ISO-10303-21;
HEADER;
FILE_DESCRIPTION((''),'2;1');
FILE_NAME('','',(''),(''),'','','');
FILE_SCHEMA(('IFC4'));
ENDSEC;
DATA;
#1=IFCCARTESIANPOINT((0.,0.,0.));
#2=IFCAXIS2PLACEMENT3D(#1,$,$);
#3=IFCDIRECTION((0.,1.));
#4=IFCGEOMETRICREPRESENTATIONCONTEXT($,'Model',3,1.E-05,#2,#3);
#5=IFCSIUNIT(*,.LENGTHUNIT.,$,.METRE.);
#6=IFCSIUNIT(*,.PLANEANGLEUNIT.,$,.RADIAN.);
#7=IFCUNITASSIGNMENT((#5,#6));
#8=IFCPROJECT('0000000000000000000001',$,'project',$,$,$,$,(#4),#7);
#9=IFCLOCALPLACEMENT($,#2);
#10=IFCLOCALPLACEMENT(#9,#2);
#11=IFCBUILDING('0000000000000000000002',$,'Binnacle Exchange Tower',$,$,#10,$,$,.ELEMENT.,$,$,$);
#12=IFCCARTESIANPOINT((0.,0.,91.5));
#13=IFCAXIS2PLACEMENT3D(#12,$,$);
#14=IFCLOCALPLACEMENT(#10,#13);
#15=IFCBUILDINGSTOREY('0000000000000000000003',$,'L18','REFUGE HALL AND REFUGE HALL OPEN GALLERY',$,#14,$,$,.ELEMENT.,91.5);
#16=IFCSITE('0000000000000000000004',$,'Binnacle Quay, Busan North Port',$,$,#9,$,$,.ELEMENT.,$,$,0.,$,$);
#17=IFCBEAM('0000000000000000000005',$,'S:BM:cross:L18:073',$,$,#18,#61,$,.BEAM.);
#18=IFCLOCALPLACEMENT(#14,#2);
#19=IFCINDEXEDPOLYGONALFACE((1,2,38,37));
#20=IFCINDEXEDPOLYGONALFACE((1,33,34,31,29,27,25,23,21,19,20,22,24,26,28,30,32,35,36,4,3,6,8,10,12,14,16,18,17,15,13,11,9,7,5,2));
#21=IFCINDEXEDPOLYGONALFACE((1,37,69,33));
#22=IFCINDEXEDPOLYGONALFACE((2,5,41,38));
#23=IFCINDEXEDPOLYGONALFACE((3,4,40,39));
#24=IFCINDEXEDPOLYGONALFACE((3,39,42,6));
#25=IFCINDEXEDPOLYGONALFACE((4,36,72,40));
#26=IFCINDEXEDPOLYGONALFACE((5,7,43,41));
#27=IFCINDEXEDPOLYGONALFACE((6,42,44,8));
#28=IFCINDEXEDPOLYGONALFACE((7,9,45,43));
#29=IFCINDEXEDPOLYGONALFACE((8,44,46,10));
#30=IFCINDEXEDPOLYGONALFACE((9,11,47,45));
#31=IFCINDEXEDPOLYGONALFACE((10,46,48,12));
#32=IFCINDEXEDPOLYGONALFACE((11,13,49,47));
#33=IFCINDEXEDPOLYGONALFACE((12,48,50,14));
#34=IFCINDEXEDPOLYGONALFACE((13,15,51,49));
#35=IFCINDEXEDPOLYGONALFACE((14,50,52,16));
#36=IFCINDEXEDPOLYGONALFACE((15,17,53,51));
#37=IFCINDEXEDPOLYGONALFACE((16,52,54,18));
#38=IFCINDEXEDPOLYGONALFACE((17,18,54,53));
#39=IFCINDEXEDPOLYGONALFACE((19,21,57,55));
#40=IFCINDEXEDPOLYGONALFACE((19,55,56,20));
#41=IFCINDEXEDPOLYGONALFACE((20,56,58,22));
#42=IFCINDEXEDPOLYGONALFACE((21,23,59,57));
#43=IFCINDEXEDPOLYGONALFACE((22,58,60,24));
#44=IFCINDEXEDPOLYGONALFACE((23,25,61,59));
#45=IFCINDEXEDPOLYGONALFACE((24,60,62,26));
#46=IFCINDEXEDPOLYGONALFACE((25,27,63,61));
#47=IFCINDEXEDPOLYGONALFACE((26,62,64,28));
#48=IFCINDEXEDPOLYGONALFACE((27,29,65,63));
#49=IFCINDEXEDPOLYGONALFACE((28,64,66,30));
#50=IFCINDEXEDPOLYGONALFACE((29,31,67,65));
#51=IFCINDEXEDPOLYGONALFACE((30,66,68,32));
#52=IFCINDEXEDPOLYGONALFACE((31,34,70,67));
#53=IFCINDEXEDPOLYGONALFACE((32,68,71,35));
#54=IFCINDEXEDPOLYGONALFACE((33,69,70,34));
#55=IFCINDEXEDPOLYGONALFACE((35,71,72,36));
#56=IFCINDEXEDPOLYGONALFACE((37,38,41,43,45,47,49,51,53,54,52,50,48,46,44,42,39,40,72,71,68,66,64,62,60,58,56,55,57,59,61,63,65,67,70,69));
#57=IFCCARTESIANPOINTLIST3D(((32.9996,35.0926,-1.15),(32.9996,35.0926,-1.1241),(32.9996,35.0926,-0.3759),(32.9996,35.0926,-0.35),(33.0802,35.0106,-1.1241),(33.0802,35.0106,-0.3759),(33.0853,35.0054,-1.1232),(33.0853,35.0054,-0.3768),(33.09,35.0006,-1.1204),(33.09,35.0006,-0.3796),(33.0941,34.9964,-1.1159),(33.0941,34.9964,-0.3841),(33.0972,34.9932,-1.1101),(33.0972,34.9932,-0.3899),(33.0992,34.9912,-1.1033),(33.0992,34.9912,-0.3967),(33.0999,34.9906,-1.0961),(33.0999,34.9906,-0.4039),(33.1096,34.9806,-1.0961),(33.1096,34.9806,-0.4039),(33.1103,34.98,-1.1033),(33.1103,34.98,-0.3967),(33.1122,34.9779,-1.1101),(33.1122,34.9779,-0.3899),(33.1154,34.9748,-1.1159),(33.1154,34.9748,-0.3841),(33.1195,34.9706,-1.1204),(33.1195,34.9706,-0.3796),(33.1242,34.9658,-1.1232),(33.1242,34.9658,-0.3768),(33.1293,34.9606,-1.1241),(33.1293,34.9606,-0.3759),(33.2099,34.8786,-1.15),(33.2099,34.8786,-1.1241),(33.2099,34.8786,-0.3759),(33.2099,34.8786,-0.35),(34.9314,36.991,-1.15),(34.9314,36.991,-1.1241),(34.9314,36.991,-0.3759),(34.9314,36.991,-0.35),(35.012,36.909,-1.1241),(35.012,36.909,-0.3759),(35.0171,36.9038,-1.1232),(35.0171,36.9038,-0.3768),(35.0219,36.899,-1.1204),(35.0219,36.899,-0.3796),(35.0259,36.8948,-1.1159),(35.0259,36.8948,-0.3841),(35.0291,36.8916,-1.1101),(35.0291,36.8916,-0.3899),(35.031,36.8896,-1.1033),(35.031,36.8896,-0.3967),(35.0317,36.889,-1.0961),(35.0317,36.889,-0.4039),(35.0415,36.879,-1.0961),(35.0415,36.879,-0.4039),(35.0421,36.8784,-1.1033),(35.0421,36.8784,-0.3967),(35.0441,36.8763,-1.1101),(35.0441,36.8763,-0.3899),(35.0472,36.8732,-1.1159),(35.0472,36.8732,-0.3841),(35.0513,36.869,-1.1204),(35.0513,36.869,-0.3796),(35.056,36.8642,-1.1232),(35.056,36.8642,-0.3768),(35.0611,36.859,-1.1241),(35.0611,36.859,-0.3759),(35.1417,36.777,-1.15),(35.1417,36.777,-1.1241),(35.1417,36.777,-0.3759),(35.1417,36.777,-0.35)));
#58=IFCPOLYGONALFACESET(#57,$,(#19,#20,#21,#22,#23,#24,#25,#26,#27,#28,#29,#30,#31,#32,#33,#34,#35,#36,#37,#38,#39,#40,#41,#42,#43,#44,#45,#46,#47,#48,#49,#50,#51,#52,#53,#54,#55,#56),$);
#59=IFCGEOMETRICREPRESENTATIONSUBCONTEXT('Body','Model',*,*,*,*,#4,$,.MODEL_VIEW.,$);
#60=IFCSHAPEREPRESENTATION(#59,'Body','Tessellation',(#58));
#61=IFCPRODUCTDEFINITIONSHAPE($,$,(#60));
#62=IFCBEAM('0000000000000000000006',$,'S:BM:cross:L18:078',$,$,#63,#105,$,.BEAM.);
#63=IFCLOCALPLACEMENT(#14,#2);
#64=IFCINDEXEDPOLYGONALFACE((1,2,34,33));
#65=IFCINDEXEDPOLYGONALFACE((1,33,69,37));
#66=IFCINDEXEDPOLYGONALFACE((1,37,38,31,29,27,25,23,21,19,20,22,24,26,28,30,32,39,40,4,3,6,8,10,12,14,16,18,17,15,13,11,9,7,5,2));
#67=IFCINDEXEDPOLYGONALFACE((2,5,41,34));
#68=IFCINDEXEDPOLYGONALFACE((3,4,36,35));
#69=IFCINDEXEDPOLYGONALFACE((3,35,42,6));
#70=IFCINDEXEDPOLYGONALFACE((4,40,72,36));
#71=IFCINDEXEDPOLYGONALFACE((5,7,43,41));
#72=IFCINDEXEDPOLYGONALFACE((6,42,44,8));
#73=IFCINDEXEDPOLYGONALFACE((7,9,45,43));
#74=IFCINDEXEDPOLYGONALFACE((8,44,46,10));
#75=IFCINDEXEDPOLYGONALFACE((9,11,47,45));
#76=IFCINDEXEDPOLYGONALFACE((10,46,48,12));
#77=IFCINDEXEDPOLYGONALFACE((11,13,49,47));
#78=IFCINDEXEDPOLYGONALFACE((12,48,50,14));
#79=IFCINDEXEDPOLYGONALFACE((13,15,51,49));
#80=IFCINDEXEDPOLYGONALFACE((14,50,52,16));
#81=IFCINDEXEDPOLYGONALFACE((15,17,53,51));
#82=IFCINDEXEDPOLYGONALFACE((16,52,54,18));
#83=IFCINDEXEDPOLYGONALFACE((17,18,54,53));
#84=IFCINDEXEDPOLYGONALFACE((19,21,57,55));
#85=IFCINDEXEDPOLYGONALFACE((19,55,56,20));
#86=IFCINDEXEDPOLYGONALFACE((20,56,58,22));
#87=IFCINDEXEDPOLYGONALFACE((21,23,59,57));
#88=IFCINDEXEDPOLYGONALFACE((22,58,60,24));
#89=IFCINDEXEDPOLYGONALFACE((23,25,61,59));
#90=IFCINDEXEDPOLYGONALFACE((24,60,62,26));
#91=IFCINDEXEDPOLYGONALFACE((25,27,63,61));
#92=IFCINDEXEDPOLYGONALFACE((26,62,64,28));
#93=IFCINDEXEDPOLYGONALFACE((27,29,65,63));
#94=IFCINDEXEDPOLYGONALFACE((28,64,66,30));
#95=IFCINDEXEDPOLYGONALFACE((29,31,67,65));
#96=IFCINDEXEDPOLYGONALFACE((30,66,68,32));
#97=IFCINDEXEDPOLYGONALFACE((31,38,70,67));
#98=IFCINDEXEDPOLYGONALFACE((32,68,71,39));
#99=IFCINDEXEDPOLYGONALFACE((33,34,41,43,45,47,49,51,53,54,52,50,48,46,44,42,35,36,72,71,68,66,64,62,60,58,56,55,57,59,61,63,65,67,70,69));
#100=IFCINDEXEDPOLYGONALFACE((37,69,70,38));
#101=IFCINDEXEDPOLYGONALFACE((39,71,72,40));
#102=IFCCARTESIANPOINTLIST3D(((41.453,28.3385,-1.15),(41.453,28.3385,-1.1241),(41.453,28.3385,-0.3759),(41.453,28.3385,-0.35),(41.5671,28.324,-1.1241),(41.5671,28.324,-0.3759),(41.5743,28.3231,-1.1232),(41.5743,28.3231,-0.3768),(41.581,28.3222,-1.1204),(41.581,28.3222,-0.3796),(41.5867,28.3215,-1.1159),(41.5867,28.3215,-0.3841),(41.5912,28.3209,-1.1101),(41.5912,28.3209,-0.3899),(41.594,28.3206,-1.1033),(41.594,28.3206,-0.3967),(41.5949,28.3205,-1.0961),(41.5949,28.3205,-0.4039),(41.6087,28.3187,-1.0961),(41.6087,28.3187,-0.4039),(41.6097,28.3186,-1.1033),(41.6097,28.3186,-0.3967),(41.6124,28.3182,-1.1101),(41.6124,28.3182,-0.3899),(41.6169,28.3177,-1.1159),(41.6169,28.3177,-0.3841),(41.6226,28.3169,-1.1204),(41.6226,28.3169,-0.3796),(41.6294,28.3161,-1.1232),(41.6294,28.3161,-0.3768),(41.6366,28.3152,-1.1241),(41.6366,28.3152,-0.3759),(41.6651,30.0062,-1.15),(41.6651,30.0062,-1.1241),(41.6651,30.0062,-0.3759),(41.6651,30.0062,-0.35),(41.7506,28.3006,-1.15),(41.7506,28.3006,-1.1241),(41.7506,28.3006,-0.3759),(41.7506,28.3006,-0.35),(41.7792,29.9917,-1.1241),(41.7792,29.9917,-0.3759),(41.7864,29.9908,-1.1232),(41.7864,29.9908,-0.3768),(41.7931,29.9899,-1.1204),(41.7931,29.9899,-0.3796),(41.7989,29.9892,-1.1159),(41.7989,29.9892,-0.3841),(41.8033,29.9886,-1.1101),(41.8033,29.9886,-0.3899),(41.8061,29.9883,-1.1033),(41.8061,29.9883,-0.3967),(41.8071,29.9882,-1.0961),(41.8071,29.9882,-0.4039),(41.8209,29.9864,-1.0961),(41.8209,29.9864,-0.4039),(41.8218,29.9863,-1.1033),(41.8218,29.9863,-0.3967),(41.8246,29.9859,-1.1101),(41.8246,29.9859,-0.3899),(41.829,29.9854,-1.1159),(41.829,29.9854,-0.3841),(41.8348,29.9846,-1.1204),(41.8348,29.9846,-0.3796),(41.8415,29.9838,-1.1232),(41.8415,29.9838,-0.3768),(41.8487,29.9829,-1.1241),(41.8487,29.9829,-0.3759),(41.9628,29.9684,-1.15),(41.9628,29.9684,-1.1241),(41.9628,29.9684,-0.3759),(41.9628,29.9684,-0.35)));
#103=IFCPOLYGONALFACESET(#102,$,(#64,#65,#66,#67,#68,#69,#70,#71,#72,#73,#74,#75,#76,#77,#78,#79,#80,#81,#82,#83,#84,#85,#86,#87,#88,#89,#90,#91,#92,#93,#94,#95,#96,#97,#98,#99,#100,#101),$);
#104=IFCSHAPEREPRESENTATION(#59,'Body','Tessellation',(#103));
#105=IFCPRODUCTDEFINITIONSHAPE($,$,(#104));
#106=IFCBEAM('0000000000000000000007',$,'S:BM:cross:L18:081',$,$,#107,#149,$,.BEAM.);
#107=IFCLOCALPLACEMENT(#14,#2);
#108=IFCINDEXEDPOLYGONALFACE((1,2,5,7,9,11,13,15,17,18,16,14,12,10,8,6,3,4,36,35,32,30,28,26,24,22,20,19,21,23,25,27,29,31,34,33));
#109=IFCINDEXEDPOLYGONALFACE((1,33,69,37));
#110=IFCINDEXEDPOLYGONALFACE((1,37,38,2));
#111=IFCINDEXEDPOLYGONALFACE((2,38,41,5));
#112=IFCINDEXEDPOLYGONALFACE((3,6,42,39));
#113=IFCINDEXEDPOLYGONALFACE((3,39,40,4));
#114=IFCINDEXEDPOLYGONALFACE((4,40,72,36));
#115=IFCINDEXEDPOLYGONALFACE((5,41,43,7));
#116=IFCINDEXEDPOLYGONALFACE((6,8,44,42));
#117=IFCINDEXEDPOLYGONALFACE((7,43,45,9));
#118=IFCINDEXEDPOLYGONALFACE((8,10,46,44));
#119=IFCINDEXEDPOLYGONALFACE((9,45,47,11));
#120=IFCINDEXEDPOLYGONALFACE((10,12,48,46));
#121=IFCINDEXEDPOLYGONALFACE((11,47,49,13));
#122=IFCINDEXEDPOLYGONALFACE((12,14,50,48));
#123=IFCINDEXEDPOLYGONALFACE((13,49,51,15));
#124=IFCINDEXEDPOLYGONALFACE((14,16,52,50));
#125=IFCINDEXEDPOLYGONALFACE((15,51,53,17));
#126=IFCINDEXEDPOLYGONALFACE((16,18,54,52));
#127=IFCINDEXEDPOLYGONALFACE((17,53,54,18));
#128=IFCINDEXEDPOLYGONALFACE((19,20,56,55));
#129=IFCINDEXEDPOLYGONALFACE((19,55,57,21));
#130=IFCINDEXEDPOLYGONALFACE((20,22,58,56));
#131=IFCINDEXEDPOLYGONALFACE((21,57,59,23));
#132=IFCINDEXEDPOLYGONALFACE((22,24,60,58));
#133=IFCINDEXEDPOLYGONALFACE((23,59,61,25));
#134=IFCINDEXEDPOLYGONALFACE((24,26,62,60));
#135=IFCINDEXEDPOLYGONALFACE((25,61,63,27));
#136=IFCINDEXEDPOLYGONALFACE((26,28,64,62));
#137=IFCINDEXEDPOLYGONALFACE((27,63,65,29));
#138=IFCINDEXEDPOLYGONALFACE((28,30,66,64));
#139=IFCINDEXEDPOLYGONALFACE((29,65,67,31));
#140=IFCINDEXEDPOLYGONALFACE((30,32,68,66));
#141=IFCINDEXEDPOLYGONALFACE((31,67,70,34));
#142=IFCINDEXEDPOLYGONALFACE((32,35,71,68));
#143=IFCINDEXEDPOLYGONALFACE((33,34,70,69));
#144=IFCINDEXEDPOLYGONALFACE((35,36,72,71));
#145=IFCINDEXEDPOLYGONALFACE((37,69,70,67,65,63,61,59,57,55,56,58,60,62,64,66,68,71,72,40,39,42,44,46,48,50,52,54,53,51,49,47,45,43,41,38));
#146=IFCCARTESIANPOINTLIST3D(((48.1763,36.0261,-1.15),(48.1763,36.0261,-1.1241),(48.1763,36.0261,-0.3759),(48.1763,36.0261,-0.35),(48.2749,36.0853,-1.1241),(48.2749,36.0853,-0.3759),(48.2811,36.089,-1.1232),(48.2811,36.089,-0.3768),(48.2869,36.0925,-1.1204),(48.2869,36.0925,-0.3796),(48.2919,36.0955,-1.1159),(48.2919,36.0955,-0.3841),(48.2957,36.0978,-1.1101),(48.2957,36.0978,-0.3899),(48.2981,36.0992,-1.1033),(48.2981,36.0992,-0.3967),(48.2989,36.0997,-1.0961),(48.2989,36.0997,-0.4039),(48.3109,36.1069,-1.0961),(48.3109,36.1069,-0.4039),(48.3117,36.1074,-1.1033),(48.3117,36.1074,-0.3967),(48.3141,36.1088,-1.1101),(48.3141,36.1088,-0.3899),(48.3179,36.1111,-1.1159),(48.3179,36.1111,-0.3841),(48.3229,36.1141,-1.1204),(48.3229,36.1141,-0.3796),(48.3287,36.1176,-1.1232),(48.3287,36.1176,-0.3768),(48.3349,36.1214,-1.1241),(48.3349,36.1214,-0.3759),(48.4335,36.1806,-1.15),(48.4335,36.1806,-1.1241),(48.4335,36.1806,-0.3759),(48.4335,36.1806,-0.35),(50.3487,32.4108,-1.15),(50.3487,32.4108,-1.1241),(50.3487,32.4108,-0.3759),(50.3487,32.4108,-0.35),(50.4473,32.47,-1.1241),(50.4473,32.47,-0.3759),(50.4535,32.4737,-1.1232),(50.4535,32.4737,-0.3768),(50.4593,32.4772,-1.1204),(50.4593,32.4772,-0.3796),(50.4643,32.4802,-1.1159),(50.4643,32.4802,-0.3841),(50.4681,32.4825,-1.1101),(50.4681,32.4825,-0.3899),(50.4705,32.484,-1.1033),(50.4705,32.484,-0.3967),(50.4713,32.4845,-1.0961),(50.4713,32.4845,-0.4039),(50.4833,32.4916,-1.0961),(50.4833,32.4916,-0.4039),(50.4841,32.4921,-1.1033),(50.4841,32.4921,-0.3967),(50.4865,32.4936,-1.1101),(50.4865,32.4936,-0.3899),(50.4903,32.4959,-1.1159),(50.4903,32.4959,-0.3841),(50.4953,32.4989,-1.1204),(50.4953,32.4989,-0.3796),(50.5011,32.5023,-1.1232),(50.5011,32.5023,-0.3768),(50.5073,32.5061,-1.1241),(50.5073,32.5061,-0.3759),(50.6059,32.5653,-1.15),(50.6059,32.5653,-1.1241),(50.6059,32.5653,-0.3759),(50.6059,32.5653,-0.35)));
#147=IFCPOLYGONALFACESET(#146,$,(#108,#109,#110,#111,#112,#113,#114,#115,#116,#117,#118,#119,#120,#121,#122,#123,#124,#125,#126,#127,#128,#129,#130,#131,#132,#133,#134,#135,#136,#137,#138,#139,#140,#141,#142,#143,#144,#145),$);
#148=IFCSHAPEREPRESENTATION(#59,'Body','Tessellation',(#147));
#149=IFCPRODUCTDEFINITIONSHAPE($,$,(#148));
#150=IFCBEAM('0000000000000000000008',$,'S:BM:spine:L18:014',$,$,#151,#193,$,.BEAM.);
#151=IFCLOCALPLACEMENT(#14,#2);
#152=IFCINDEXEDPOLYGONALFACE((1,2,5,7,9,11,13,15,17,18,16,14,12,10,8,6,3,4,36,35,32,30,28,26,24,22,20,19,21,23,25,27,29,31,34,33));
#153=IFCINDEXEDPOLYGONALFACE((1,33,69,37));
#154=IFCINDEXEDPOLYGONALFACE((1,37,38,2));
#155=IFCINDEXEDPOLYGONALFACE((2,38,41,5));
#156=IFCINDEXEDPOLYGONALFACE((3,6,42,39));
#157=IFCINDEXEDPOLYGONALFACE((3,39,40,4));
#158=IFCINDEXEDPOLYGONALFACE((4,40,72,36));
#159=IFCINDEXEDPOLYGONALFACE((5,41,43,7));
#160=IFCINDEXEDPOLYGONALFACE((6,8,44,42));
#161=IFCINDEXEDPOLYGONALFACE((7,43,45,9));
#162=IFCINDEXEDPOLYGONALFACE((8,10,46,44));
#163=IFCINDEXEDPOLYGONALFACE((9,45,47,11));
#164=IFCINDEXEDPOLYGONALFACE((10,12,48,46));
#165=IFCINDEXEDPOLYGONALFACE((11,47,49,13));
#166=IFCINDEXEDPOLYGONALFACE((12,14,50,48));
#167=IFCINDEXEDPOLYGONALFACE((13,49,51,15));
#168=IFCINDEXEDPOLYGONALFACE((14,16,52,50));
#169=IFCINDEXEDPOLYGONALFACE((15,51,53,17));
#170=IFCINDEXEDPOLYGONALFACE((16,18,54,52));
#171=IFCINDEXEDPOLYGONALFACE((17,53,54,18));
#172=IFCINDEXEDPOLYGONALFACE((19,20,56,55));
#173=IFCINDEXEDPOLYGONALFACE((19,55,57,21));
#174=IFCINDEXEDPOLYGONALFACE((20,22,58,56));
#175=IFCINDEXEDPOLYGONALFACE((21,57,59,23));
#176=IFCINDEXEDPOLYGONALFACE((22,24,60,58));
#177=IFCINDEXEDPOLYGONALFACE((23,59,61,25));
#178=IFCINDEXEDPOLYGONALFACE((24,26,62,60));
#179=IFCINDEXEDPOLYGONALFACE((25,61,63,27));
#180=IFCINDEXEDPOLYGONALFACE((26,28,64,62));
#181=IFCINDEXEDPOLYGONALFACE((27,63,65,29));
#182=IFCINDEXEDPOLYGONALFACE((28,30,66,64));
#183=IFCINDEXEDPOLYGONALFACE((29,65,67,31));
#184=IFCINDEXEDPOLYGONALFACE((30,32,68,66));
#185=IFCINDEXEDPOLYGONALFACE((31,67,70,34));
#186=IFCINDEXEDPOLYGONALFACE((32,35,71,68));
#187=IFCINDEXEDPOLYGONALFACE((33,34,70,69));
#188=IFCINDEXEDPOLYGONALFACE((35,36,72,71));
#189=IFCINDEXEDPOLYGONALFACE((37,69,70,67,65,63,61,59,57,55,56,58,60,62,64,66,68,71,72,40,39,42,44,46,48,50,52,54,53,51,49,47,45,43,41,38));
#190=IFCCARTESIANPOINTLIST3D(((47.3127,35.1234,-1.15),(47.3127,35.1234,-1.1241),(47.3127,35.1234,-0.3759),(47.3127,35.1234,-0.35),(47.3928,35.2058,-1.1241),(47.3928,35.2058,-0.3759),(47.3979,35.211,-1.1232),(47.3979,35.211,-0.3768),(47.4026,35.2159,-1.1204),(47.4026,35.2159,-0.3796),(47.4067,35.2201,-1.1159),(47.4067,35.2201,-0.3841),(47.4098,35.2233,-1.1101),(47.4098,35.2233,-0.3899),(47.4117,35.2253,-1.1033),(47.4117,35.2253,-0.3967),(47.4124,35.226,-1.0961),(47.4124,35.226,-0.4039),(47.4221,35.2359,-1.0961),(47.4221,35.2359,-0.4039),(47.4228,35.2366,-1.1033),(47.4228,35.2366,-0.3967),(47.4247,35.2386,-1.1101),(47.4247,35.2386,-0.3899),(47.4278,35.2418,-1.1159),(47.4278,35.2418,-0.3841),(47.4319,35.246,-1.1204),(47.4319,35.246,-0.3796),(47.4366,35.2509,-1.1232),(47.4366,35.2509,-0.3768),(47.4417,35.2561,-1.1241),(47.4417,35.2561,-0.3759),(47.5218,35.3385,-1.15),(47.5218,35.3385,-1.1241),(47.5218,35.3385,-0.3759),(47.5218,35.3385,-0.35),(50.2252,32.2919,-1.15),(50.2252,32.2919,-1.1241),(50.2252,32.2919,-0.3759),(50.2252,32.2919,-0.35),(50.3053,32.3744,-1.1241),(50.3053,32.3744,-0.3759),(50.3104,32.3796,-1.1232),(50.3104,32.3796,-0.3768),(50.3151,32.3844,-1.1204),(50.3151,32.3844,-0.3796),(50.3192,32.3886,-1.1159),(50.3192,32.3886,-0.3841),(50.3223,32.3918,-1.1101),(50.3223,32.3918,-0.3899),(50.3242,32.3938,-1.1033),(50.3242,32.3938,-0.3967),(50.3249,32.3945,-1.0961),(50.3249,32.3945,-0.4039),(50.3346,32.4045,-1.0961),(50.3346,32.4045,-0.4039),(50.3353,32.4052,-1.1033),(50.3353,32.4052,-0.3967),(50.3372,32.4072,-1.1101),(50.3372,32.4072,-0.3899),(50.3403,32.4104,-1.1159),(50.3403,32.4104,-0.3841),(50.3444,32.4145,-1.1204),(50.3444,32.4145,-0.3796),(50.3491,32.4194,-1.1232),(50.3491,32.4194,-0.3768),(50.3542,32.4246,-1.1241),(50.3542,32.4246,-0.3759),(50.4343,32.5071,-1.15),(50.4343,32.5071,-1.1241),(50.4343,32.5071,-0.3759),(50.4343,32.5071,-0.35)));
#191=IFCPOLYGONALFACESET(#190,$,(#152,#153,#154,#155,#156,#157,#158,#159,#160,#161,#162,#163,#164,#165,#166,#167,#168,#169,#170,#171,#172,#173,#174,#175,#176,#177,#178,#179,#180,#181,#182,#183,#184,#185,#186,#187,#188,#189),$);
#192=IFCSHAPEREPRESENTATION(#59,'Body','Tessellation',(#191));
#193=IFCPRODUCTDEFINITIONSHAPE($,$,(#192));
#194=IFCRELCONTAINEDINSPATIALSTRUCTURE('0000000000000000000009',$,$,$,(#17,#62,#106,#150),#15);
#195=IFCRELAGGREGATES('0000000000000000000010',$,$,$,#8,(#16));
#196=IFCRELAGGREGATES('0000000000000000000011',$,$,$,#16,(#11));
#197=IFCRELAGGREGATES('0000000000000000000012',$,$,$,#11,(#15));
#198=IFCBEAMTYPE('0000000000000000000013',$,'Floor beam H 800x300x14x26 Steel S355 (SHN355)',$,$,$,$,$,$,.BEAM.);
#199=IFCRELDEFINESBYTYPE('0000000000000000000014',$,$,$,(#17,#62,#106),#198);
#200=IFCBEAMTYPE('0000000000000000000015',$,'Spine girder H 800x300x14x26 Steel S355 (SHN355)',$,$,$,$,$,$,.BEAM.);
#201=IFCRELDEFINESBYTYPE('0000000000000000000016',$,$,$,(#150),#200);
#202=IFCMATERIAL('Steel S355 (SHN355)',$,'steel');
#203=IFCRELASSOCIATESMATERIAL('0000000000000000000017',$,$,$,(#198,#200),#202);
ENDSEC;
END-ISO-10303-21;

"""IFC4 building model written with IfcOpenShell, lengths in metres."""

from ifc_helpers import new_model, si_unit, direction, frame, origin, origin_2d, place, context, subcontext, project, spatial, i_section, extrude, material, material_profile, profile_set, type_object, element, save


model = new_model("IFC4")

# Units and contexts
model_context = context("Model", 3, precision=1e-05, world=origin(), true_north=direction((0.0, 1.0)))
body_context = subcontext(model_context, "Body", "Model", "MODEL_VIEW")
ifc_project = project(units=[si_unit("LENGTHUNIT", "METRE"), si_unit("PLANEANGLEUNIT", "RADIAN")], contexts=[model_context])

# Site, building, storey
site_placement = place(None, origin())
site = spatial("IfcSite", under=ifc_project, at=site_placement, Name="Binnacle Quay, Busan North Port", CompositionType="ELEMENT", RefElevation=0.0)
building_placement = place(site_placement, origin())
building = spatial("IfcBuilding", under=site, at=building_placement, Name="Binnacle Exchange Tower", CompositionType="ELEMENT")
storey_placement = place(building_placement, frame((0.0, 0.0, 91.5)))
storey = spatial("IfcBuildingStorey", under=building, at=storey_placement, Name="L18", Description="REFUGE HALL AND REFUGE HALL OPEN GALLERY", CompositionType="ELEMENT", Elevation=91.5)

# Beams
ifc_material_1 = material(Name="Steel S355 (SHN355)", Category="steel")
ifc_material_profile_1 = material_profile(ifc_material_1, i_section(OverallWidth=0.3, OverallDepth=0.8, WebThickness=0.0139, FlangeThickness=0.0259, FilletRadius=0.0281, at=origin_2d()), Name="H 800x300x14x26")
ifc_profile_set_1 = profile_set([ifc_material_profile_1], Name="Steel S355 (SHN355)")
beam_type_1 = type_object("IfcBeamType", Name="Floor beam H 800x300x14x26 Steel S355 (SHN355)", PredefinedType="BEAM", material=ifc_profile_set_1)
beam_1_placement = place(storey_placement, frame((33.1047, 34.9856, -0.75), z_axis=(0.713254, 0.700905, 0.0), x_axis=(-0.700905, 0.713254, 0.0)))
element("IfcBeam", 1, at=beam_1_placement, inside=storey, type_object=beam_type_1, Name="S:BM:cross:L18:073", PredefinedType="BEAM", context=body_context, shape_type="SweptSolid", body=[
    extrude(i_section(OverallWidth=0.3, OverallDepth=0.8, WebThickness=0.0139, FlangeThickness=0.0259, FilletRadius=0.0281, at=origin_2d()), origin(), (0.0, 0.0, 1.0), 2.7085),
])
beam_2_placement = place(storey_placement, frame((41.6018, 28.3196, -0.75), z_axis=(0.126197, 0.992005, 0.0), x_axis=(-0.992005, 0.126197, 0.0)))
element("IfcBeam", 2, at=beam_2_placement, inside=storey, type_object=beam_type_1, Name="S:BM:cross:L18:078", PredefinedType="BEAM", context=body_context, shape_type="SweptSolid", body=[
    extrude(i_section(OverallWidth=0.3, OverallDepth=0.8, WebThickness=0.0139, FlangeThickness=0.0259, FilletRadius=0.0281, at=origin_2d()), origin(), (0.0, 0.0, 1.0), 1.6812),
])
beam_3_placement = place(storey_placement, frame((50.4773, 32.488, -0.75), z_axis=(-0.515057, 0.857156, 0.0), x_axis=(-0.857156, -0.515057, 0.0)))
element("IfcBeam", 3, at=beam_3_placement, inside=storey, type_object=beam_type_1, Name="S:BM:cross:L18:081", PredefinedType="BEAM", context=body_context, shape_type="SweptSolid", body=[
    extrude(i_section(OverallWidth=0.3, OverallDepth=0.8, WebThickness=0.0139, FlangeThickness=0.0259, FilletRadius=0.0281, at=origin_2d()), origin(), (0.0, 0.0, 1.0), 4.2178),
])
ifc_material_profile_2 = material_profile(ifc_material_1, i_section(OverallWidth=0.3, OverallDepth=0.8, WebThickness=0.0139, FlangeThickness=0.0259, FilletRadius=0.0281, at=origin_2d()), Name="H 800x300x14x26")
ifc_profile_set_2 = profile_set([ifc_material_profile_2], Name="Steel S355 (SHN355)")
beam_type_2 = type_object("IfcBeamType", Name="Spine girder H 800x300x14x26 Steel S355 (SHN355)", PredefinedType="BEAM", material=ifc_profile_set_2)
beam_4_placement = place(storey_placement, frame((47.4172, 35.231, -0.75), z_axis=(0.717013, -0.69706, 0.0), x_axis=(0.69706, 0.717013, 0.0)))
element("IfcBeam", 4, at=beam_4_placement, inside=storey, type_object=beam_type_2, Name="S:BM:spine:L18:014", PredefinedType="BEAM", context=body_context, shape_type="SweptSolid", body=[
    extrude(i_section(OverallWidth=0.3, OverallDepth=0.8, WebThickness=0.0139, FlangeThickness=0.0259, FilletRadius=0.0281, at=origin_2d()), origin(), (0.0, 0.0, 1.0), 4.062),
])

save(model, "model.ifc")
